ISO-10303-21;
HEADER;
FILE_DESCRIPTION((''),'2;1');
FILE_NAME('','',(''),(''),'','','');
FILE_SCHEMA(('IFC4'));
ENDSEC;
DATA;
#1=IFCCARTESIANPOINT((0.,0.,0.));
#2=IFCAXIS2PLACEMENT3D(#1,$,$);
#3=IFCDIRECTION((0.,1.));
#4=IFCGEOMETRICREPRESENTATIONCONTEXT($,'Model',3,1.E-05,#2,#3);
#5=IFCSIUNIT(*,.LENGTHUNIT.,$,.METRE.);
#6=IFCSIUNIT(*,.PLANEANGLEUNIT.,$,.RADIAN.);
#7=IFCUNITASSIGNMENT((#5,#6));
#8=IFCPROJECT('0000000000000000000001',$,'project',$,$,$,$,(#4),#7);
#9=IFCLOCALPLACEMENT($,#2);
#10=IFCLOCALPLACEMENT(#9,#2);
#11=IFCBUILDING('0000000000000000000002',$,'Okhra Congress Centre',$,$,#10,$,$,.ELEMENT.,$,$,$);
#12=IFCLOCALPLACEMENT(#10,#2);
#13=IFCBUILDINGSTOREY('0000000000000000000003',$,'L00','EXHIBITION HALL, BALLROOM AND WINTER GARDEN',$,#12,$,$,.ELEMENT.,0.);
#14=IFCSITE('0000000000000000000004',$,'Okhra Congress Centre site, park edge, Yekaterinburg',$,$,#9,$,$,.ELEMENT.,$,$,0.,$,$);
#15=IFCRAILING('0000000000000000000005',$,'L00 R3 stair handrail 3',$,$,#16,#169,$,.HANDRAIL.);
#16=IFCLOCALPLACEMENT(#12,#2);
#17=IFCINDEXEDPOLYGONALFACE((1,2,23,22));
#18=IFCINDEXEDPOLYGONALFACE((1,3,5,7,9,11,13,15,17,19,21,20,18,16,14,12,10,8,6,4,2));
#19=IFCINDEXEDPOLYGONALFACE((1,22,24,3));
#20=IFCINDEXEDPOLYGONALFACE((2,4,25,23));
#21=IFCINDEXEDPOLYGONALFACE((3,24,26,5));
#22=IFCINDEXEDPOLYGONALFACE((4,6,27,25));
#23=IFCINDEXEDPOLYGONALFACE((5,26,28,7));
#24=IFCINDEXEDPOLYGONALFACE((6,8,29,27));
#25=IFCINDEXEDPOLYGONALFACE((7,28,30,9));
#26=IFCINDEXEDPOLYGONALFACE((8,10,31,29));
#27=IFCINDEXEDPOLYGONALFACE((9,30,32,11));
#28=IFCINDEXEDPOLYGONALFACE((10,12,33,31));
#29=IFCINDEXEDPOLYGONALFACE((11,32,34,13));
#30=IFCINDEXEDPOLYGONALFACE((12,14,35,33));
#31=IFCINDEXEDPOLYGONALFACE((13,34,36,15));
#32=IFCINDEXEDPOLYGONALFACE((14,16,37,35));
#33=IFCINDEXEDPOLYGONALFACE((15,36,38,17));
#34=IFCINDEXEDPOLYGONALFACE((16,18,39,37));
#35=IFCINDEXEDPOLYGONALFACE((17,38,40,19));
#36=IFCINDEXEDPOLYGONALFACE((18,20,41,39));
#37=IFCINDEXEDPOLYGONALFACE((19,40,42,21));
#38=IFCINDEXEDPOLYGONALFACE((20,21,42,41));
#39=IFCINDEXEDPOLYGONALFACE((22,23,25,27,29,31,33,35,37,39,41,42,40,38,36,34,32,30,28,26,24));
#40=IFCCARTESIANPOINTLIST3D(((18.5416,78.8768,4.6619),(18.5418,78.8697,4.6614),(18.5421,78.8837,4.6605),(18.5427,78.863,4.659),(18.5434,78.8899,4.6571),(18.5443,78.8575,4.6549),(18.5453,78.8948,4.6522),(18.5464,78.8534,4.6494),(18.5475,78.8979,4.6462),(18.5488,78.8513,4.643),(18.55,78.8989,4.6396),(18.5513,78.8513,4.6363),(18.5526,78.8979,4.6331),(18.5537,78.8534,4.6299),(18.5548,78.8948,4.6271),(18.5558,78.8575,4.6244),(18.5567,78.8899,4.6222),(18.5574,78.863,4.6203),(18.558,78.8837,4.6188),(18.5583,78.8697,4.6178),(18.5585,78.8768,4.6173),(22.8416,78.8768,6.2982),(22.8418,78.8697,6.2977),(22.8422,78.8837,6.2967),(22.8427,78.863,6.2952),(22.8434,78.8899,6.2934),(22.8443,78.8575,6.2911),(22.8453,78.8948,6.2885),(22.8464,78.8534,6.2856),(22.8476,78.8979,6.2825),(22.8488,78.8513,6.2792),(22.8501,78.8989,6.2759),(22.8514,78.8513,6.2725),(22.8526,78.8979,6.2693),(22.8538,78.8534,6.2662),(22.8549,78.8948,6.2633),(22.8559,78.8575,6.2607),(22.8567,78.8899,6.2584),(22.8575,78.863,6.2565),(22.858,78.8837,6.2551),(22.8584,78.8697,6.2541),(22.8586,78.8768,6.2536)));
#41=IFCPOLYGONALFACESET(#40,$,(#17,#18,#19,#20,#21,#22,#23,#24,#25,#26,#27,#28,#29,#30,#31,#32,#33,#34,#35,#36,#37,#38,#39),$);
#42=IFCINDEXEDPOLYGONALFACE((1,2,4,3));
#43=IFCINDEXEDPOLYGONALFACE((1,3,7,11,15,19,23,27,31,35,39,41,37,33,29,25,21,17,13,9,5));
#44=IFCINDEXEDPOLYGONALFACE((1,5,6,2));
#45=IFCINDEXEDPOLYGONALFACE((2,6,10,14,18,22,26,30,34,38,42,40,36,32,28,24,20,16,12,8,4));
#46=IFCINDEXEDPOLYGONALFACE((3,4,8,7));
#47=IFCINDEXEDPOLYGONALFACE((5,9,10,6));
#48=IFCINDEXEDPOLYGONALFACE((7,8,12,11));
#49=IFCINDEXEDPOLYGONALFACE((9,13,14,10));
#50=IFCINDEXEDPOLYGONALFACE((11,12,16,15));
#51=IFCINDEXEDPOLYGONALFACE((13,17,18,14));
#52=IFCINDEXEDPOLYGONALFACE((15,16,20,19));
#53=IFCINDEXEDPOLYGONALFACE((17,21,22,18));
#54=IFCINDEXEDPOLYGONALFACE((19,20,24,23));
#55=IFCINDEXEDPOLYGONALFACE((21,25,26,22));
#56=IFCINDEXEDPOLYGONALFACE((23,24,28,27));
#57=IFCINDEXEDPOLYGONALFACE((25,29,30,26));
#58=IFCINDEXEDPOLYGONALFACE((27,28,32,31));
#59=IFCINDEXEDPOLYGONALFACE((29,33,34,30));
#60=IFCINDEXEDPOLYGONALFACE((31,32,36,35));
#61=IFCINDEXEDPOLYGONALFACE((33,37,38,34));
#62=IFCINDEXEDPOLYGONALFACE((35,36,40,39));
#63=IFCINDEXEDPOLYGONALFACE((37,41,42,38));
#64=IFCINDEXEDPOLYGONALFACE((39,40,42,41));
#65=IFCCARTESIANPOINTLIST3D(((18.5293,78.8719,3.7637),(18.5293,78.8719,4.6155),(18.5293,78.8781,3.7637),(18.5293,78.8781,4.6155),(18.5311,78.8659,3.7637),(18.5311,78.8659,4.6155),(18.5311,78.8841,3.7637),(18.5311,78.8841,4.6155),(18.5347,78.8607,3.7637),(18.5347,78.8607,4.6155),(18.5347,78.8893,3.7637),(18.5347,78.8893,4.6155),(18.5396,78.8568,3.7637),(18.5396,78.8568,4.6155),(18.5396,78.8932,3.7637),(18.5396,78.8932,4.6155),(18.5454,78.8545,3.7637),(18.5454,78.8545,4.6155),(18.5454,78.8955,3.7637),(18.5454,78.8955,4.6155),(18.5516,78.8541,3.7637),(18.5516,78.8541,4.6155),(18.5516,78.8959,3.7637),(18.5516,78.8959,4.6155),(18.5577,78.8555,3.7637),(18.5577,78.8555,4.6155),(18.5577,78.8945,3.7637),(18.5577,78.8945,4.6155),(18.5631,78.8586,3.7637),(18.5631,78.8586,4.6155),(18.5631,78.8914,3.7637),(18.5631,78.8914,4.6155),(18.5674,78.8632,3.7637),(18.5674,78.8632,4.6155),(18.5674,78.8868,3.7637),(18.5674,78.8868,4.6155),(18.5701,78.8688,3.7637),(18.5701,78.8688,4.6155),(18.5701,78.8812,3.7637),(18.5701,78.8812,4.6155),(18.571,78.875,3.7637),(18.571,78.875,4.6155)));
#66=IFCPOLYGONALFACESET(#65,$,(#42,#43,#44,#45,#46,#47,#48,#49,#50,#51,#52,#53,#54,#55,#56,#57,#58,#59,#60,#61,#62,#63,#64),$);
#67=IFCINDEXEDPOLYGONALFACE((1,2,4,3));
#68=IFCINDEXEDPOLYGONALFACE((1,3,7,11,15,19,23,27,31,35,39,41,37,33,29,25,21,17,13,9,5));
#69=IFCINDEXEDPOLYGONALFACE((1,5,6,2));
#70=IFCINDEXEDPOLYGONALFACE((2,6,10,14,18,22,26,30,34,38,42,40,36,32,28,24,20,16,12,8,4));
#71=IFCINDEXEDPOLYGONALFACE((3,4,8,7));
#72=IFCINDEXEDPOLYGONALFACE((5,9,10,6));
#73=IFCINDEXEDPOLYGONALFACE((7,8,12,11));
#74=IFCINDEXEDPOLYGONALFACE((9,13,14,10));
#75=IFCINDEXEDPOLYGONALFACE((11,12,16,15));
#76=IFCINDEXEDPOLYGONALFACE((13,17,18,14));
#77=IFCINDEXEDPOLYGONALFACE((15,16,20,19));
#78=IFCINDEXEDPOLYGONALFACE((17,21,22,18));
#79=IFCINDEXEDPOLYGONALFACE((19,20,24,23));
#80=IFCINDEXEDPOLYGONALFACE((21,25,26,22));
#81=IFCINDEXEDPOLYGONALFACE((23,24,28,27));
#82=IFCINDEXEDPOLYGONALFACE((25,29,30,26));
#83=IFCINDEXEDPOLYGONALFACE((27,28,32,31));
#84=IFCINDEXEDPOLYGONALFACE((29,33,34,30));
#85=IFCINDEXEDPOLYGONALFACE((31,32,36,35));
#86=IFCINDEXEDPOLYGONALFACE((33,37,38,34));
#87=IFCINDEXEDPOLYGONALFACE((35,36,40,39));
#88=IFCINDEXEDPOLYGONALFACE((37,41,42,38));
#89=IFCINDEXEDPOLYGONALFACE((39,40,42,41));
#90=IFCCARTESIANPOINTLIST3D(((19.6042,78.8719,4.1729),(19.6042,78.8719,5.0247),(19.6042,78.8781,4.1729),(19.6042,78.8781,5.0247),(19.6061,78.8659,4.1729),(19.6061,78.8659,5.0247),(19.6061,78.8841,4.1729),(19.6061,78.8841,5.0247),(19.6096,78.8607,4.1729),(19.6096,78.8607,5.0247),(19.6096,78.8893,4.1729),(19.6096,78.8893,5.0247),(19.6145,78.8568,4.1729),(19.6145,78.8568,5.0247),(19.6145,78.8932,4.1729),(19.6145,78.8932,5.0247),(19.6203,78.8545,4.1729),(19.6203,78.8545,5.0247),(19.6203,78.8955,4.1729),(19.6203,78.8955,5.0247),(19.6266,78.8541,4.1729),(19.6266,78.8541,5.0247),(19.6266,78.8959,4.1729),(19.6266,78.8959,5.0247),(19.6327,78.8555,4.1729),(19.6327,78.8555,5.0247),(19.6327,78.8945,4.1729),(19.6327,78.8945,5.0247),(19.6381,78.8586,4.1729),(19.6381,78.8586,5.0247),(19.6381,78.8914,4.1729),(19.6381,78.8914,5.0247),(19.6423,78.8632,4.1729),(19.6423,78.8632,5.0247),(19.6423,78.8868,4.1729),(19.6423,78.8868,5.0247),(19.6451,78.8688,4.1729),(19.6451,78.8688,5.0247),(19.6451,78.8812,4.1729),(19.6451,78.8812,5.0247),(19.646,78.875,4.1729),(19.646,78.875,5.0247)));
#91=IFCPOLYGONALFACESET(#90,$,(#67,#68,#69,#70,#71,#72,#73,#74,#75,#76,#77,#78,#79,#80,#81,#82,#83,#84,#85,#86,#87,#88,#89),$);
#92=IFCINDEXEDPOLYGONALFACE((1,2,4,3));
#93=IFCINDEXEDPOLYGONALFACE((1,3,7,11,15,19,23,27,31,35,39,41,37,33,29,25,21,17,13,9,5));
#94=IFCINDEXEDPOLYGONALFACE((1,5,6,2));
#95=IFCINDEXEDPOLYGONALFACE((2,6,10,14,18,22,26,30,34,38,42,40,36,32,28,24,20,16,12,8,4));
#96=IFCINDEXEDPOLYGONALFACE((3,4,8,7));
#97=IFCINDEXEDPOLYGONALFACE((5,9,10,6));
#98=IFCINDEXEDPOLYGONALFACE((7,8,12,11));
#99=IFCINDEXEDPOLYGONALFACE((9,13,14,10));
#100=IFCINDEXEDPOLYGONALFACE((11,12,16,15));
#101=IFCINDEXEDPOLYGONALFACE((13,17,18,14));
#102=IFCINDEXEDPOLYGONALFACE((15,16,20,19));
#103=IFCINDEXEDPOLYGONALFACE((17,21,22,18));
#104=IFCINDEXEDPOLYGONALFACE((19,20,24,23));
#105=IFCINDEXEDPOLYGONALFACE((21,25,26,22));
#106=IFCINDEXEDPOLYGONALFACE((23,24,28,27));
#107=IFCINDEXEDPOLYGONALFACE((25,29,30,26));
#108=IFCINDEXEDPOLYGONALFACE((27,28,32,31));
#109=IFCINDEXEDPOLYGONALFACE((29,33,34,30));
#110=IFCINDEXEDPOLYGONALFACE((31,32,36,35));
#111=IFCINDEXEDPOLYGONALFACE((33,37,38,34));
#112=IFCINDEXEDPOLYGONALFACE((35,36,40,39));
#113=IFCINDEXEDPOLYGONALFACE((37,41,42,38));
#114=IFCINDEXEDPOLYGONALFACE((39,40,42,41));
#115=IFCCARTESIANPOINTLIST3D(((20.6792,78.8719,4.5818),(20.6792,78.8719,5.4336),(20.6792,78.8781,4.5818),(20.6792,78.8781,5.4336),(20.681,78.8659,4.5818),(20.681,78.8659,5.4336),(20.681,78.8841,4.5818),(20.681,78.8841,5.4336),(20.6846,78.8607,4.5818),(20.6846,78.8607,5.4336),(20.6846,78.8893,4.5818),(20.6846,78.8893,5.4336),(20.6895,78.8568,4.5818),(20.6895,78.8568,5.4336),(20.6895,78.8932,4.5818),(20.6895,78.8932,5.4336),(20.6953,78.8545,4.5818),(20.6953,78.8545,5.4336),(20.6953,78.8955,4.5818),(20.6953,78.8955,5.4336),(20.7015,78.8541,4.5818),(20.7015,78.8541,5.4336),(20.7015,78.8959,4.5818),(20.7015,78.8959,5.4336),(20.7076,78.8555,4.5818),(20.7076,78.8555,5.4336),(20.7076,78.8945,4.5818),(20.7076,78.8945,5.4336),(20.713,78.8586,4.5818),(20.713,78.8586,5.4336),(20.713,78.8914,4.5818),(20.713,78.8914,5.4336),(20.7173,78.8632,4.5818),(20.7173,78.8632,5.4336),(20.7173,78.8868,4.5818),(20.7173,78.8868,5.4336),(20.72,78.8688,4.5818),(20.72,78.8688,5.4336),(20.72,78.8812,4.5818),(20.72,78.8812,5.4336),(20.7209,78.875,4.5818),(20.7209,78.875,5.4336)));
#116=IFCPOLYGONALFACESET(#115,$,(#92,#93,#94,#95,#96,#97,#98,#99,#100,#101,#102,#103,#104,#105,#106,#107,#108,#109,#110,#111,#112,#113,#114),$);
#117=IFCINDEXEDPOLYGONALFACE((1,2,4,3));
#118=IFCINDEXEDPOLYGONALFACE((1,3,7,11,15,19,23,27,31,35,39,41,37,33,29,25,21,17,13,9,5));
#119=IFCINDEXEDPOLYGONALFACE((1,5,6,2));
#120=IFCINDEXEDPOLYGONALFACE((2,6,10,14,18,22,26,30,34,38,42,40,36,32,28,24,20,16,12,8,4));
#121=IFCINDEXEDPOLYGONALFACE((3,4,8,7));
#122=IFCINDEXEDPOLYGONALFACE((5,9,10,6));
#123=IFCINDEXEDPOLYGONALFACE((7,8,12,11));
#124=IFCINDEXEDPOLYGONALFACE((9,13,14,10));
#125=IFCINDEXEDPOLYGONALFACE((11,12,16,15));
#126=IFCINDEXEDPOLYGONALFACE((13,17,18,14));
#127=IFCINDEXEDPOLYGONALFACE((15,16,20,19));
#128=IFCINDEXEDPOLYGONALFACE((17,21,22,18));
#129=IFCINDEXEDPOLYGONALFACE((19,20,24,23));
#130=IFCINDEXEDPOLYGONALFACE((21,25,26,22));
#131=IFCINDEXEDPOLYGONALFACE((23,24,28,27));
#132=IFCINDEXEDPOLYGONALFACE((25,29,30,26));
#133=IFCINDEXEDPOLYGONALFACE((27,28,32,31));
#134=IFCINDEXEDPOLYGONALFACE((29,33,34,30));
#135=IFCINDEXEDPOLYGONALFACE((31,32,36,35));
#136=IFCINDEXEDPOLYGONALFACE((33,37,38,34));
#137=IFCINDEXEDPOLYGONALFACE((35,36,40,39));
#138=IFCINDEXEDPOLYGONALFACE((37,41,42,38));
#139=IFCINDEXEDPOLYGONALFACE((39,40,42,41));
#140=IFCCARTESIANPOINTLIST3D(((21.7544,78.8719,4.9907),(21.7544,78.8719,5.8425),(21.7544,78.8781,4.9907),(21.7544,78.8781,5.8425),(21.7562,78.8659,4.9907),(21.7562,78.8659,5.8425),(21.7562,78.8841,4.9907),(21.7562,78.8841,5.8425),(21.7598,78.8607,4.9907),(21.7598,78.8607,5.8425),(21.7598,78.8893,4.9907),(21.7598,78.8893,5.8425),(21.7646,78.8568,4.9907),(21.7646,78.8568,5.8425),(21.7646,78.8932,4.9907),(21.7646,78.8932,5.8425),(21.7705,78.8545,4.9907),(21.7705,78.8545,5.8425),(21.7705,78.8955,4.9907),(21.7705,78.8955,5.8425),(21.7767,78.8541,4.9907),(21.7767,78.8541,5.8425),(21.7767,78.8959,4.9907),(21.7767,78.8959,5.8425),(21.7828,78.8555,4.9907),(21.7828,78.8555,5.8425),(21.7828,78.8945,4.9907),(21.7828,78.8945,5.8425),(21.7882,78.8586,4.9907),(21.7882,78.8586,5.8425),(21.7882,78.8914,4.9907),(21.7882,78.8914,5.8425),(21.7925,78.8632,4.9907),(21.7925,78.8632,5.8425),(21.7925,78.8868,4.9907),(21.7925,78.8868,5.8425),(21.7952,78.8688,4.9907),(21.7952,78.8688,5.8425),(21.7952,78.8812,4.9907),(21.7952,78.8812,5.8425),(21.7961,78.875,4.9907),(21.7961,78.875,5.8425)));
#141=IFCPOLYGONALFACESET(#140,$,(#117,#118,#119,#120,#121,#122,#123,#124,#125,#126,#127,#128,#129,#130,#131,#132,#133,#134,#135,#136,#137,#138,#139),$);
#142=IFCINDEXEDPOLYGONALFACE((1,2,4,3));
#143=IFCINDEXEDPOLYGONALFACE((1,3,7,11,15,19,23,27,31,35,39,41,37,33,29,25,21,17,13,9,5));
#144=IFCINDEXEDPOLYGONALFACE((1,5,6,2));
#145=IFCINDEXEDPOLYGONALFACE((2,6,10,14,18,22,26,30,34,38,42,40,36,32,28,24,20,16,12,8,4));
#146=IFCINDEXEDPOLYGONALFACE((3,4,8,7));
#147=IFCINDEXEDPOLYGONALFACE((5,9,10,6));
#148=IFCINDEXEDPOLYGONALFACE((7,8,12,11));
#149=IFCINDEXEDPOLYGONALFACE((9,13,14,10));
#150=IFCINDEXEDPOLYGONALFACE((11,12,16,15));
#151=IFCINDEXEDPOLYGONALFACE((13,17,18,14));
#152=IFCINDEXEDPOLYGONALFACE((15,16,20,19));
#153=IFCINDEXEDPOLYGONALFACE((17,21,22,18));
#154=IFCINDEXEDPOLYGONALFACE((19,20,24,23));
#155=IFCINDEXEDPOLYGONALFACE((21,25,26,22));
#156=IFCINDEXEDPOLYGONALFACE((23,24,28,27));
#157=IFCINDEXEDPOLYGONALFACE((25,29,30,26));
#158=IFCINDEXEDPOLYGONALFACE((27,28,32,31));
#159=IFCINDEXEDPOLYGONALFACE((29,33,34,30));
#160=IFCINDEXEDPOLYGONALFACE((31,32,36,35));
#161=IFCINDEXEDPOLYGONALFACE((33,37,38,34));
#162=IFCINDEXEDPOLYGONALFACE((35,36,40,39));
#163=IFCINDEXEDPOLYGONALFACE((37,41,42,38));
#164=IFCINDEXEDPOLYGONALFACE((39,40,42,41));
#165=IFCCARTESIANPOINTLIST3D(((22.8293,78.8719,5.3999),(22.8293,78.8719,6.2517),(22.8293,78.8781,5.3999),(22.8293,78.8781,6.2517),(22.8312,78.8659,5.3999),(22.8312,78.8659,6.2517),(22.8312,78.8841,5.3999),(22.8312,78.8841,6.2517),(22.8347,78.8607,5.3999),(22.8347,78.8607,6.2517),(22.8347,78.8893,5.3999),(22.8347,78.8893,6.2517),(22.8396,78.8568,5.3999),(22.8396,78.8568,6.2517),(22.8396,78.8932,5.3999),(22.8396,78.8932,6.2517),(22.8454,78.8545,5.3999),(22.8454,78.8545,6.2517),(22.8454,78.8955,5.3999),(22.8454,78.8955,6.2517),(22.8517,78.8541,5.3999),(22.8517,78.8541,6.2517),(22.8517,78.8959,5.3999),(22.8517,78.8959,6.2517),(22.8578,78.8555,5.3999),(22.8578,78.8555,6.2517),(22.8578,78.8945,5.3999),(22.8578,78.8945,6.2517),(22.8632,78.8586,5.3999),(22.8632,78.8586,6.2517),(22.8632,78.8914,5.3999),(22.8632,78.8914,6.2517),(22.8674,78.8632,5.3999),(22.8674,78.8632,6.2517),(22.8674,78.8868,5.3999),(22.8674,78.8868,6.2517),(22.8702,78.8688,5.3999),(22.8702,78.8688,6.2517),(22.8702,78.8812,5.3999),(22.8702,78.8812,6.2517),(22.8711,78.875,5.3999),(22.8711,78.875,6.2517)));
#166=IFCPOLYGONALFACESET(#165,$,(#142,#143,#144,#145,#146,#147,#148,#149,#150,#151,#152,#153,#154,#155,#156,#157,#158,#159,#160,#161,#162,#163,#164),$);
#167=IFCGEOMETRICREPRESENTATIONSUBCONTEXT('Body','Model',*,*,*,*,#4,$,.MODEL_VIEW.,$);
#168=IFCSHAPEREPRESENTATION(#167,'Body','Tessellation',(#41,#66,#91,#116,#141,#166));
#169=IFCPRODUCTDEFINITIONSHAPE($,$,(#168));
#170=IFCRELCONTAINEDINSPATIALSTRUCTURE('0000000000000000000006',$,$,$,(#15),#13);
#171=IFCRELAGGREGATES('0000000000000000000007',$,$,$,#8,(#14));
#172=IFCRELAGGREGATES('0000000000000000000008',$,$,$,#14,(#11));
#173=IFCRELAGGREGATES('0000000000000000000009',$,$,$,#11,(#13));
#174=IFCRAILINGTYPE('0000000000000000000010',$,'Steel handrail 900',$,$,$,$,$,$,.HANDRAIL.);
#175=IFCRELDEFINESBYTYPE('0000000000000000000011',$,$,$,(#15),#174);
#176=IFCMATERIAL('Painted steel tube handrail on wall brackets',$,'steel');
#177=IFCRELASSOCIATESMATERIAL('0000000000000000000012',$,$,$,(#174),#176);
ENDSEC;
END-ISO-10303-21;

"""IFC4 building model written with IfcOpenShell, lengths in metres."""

from ifc_helpers import new_model, si_unit, direction, frame, origin, origin_2d, place, context, subcontext, project, spatial, circle, extrude, material, type_object, element, save


model = new_model("IFC4")

# Units and contexts
model_context = context("Model", 3, precision=1e-05, world=origin(), true_north=direction((0.0, 1.0)))
body_context = subcontext(model_context, "Body", "Model", "MODEL_VIEW")
ifc_project = project(units=[si_unit("LENGTHUNIT", "METRE"), si_unit("PLANEANGLEUNIT", "RADIAN")], contexts=[model_context])

# Site, building, storey
site_placement = place(None, origin())
site = spatial("IfcSite", under=ifc_project, at=site_placement, Name="Okhra Congress Centre site, park edge, Yekaterinburg", CompositionType="ELEMENT", RefElevation=0.0)
building_placement = place(site_placement, origin())
building = spatial("IfcBuilding", under=site, at=building_placement, Name="Okhra Congress Centre", CompositionType="ELEMENT")
storey_placement = place(building_placement, origin())
storey = spatial("IfcBuildingStorey", under=building, at=storey_placement, Name="L00", Description="EXHIBITION HALL, BALLROOM AND WINTER GARDEN", CompositionType="ELEMENT", Elevation=0.0)

# Railing
ifc_material_1 = material(Name="Painted steel tube handrail on wall brackets", Category="steel")
railing_type_1 = type_object("IfcRailingType", Name="Steel handrail 900", PredefinedType="HANDRAIL", material=ifc_material_1)
railing_1_placement = place(storey_placement, frame((18.55, 78.875, 3.7637)))
element("IfcRailing", 1, at=railing_1_placement, inside=storey, type_object=railing_type_1, Name="L00 R3 stair handrail 3", PredefinedType="HANDRAIL", context=body_context, shape_type="SweptSolid", body=[
    extrude(circle(Radius=0.0239, at=origin_2d()), frame((0.0, 0.0, 0.876), z_axis=(0.934624, 0.0, 0.355638), x_axis=(0.0, 1.0, 0.0)), (0.0, 0.0, 1.0), 4.6008),
    extrude(circle(Radius=0.021, at=origin_2d()), origin(), (0.0, 0.0, 1.0), 0.8518),
    extrude(circle(Radius=0.021, at=origin_2d()), frame((1.075, 0.0, 0.4092)), (0.0, 0.0, 1.0), 0.8518),
    extrude(circle(Radius=0.021, at=origin_2d()), frame((2.1499, 0.0, 0.8181)), (0.0, 0.0, 1.0), 0.8518),
    extrude(circle(Radius=0.021, at=origin_2d()), frame((3.2251, 0.0, 1.2271)), (0.0, 0.0, 1.0), 0.8518),
    extrude(circle(Radius=0.021, at=origin_2d()), frame((4.3, 0.0, 1.6362)), (0.0, 0.0, 1.0), 0.8518),
])

save(model, "model.ifc")
